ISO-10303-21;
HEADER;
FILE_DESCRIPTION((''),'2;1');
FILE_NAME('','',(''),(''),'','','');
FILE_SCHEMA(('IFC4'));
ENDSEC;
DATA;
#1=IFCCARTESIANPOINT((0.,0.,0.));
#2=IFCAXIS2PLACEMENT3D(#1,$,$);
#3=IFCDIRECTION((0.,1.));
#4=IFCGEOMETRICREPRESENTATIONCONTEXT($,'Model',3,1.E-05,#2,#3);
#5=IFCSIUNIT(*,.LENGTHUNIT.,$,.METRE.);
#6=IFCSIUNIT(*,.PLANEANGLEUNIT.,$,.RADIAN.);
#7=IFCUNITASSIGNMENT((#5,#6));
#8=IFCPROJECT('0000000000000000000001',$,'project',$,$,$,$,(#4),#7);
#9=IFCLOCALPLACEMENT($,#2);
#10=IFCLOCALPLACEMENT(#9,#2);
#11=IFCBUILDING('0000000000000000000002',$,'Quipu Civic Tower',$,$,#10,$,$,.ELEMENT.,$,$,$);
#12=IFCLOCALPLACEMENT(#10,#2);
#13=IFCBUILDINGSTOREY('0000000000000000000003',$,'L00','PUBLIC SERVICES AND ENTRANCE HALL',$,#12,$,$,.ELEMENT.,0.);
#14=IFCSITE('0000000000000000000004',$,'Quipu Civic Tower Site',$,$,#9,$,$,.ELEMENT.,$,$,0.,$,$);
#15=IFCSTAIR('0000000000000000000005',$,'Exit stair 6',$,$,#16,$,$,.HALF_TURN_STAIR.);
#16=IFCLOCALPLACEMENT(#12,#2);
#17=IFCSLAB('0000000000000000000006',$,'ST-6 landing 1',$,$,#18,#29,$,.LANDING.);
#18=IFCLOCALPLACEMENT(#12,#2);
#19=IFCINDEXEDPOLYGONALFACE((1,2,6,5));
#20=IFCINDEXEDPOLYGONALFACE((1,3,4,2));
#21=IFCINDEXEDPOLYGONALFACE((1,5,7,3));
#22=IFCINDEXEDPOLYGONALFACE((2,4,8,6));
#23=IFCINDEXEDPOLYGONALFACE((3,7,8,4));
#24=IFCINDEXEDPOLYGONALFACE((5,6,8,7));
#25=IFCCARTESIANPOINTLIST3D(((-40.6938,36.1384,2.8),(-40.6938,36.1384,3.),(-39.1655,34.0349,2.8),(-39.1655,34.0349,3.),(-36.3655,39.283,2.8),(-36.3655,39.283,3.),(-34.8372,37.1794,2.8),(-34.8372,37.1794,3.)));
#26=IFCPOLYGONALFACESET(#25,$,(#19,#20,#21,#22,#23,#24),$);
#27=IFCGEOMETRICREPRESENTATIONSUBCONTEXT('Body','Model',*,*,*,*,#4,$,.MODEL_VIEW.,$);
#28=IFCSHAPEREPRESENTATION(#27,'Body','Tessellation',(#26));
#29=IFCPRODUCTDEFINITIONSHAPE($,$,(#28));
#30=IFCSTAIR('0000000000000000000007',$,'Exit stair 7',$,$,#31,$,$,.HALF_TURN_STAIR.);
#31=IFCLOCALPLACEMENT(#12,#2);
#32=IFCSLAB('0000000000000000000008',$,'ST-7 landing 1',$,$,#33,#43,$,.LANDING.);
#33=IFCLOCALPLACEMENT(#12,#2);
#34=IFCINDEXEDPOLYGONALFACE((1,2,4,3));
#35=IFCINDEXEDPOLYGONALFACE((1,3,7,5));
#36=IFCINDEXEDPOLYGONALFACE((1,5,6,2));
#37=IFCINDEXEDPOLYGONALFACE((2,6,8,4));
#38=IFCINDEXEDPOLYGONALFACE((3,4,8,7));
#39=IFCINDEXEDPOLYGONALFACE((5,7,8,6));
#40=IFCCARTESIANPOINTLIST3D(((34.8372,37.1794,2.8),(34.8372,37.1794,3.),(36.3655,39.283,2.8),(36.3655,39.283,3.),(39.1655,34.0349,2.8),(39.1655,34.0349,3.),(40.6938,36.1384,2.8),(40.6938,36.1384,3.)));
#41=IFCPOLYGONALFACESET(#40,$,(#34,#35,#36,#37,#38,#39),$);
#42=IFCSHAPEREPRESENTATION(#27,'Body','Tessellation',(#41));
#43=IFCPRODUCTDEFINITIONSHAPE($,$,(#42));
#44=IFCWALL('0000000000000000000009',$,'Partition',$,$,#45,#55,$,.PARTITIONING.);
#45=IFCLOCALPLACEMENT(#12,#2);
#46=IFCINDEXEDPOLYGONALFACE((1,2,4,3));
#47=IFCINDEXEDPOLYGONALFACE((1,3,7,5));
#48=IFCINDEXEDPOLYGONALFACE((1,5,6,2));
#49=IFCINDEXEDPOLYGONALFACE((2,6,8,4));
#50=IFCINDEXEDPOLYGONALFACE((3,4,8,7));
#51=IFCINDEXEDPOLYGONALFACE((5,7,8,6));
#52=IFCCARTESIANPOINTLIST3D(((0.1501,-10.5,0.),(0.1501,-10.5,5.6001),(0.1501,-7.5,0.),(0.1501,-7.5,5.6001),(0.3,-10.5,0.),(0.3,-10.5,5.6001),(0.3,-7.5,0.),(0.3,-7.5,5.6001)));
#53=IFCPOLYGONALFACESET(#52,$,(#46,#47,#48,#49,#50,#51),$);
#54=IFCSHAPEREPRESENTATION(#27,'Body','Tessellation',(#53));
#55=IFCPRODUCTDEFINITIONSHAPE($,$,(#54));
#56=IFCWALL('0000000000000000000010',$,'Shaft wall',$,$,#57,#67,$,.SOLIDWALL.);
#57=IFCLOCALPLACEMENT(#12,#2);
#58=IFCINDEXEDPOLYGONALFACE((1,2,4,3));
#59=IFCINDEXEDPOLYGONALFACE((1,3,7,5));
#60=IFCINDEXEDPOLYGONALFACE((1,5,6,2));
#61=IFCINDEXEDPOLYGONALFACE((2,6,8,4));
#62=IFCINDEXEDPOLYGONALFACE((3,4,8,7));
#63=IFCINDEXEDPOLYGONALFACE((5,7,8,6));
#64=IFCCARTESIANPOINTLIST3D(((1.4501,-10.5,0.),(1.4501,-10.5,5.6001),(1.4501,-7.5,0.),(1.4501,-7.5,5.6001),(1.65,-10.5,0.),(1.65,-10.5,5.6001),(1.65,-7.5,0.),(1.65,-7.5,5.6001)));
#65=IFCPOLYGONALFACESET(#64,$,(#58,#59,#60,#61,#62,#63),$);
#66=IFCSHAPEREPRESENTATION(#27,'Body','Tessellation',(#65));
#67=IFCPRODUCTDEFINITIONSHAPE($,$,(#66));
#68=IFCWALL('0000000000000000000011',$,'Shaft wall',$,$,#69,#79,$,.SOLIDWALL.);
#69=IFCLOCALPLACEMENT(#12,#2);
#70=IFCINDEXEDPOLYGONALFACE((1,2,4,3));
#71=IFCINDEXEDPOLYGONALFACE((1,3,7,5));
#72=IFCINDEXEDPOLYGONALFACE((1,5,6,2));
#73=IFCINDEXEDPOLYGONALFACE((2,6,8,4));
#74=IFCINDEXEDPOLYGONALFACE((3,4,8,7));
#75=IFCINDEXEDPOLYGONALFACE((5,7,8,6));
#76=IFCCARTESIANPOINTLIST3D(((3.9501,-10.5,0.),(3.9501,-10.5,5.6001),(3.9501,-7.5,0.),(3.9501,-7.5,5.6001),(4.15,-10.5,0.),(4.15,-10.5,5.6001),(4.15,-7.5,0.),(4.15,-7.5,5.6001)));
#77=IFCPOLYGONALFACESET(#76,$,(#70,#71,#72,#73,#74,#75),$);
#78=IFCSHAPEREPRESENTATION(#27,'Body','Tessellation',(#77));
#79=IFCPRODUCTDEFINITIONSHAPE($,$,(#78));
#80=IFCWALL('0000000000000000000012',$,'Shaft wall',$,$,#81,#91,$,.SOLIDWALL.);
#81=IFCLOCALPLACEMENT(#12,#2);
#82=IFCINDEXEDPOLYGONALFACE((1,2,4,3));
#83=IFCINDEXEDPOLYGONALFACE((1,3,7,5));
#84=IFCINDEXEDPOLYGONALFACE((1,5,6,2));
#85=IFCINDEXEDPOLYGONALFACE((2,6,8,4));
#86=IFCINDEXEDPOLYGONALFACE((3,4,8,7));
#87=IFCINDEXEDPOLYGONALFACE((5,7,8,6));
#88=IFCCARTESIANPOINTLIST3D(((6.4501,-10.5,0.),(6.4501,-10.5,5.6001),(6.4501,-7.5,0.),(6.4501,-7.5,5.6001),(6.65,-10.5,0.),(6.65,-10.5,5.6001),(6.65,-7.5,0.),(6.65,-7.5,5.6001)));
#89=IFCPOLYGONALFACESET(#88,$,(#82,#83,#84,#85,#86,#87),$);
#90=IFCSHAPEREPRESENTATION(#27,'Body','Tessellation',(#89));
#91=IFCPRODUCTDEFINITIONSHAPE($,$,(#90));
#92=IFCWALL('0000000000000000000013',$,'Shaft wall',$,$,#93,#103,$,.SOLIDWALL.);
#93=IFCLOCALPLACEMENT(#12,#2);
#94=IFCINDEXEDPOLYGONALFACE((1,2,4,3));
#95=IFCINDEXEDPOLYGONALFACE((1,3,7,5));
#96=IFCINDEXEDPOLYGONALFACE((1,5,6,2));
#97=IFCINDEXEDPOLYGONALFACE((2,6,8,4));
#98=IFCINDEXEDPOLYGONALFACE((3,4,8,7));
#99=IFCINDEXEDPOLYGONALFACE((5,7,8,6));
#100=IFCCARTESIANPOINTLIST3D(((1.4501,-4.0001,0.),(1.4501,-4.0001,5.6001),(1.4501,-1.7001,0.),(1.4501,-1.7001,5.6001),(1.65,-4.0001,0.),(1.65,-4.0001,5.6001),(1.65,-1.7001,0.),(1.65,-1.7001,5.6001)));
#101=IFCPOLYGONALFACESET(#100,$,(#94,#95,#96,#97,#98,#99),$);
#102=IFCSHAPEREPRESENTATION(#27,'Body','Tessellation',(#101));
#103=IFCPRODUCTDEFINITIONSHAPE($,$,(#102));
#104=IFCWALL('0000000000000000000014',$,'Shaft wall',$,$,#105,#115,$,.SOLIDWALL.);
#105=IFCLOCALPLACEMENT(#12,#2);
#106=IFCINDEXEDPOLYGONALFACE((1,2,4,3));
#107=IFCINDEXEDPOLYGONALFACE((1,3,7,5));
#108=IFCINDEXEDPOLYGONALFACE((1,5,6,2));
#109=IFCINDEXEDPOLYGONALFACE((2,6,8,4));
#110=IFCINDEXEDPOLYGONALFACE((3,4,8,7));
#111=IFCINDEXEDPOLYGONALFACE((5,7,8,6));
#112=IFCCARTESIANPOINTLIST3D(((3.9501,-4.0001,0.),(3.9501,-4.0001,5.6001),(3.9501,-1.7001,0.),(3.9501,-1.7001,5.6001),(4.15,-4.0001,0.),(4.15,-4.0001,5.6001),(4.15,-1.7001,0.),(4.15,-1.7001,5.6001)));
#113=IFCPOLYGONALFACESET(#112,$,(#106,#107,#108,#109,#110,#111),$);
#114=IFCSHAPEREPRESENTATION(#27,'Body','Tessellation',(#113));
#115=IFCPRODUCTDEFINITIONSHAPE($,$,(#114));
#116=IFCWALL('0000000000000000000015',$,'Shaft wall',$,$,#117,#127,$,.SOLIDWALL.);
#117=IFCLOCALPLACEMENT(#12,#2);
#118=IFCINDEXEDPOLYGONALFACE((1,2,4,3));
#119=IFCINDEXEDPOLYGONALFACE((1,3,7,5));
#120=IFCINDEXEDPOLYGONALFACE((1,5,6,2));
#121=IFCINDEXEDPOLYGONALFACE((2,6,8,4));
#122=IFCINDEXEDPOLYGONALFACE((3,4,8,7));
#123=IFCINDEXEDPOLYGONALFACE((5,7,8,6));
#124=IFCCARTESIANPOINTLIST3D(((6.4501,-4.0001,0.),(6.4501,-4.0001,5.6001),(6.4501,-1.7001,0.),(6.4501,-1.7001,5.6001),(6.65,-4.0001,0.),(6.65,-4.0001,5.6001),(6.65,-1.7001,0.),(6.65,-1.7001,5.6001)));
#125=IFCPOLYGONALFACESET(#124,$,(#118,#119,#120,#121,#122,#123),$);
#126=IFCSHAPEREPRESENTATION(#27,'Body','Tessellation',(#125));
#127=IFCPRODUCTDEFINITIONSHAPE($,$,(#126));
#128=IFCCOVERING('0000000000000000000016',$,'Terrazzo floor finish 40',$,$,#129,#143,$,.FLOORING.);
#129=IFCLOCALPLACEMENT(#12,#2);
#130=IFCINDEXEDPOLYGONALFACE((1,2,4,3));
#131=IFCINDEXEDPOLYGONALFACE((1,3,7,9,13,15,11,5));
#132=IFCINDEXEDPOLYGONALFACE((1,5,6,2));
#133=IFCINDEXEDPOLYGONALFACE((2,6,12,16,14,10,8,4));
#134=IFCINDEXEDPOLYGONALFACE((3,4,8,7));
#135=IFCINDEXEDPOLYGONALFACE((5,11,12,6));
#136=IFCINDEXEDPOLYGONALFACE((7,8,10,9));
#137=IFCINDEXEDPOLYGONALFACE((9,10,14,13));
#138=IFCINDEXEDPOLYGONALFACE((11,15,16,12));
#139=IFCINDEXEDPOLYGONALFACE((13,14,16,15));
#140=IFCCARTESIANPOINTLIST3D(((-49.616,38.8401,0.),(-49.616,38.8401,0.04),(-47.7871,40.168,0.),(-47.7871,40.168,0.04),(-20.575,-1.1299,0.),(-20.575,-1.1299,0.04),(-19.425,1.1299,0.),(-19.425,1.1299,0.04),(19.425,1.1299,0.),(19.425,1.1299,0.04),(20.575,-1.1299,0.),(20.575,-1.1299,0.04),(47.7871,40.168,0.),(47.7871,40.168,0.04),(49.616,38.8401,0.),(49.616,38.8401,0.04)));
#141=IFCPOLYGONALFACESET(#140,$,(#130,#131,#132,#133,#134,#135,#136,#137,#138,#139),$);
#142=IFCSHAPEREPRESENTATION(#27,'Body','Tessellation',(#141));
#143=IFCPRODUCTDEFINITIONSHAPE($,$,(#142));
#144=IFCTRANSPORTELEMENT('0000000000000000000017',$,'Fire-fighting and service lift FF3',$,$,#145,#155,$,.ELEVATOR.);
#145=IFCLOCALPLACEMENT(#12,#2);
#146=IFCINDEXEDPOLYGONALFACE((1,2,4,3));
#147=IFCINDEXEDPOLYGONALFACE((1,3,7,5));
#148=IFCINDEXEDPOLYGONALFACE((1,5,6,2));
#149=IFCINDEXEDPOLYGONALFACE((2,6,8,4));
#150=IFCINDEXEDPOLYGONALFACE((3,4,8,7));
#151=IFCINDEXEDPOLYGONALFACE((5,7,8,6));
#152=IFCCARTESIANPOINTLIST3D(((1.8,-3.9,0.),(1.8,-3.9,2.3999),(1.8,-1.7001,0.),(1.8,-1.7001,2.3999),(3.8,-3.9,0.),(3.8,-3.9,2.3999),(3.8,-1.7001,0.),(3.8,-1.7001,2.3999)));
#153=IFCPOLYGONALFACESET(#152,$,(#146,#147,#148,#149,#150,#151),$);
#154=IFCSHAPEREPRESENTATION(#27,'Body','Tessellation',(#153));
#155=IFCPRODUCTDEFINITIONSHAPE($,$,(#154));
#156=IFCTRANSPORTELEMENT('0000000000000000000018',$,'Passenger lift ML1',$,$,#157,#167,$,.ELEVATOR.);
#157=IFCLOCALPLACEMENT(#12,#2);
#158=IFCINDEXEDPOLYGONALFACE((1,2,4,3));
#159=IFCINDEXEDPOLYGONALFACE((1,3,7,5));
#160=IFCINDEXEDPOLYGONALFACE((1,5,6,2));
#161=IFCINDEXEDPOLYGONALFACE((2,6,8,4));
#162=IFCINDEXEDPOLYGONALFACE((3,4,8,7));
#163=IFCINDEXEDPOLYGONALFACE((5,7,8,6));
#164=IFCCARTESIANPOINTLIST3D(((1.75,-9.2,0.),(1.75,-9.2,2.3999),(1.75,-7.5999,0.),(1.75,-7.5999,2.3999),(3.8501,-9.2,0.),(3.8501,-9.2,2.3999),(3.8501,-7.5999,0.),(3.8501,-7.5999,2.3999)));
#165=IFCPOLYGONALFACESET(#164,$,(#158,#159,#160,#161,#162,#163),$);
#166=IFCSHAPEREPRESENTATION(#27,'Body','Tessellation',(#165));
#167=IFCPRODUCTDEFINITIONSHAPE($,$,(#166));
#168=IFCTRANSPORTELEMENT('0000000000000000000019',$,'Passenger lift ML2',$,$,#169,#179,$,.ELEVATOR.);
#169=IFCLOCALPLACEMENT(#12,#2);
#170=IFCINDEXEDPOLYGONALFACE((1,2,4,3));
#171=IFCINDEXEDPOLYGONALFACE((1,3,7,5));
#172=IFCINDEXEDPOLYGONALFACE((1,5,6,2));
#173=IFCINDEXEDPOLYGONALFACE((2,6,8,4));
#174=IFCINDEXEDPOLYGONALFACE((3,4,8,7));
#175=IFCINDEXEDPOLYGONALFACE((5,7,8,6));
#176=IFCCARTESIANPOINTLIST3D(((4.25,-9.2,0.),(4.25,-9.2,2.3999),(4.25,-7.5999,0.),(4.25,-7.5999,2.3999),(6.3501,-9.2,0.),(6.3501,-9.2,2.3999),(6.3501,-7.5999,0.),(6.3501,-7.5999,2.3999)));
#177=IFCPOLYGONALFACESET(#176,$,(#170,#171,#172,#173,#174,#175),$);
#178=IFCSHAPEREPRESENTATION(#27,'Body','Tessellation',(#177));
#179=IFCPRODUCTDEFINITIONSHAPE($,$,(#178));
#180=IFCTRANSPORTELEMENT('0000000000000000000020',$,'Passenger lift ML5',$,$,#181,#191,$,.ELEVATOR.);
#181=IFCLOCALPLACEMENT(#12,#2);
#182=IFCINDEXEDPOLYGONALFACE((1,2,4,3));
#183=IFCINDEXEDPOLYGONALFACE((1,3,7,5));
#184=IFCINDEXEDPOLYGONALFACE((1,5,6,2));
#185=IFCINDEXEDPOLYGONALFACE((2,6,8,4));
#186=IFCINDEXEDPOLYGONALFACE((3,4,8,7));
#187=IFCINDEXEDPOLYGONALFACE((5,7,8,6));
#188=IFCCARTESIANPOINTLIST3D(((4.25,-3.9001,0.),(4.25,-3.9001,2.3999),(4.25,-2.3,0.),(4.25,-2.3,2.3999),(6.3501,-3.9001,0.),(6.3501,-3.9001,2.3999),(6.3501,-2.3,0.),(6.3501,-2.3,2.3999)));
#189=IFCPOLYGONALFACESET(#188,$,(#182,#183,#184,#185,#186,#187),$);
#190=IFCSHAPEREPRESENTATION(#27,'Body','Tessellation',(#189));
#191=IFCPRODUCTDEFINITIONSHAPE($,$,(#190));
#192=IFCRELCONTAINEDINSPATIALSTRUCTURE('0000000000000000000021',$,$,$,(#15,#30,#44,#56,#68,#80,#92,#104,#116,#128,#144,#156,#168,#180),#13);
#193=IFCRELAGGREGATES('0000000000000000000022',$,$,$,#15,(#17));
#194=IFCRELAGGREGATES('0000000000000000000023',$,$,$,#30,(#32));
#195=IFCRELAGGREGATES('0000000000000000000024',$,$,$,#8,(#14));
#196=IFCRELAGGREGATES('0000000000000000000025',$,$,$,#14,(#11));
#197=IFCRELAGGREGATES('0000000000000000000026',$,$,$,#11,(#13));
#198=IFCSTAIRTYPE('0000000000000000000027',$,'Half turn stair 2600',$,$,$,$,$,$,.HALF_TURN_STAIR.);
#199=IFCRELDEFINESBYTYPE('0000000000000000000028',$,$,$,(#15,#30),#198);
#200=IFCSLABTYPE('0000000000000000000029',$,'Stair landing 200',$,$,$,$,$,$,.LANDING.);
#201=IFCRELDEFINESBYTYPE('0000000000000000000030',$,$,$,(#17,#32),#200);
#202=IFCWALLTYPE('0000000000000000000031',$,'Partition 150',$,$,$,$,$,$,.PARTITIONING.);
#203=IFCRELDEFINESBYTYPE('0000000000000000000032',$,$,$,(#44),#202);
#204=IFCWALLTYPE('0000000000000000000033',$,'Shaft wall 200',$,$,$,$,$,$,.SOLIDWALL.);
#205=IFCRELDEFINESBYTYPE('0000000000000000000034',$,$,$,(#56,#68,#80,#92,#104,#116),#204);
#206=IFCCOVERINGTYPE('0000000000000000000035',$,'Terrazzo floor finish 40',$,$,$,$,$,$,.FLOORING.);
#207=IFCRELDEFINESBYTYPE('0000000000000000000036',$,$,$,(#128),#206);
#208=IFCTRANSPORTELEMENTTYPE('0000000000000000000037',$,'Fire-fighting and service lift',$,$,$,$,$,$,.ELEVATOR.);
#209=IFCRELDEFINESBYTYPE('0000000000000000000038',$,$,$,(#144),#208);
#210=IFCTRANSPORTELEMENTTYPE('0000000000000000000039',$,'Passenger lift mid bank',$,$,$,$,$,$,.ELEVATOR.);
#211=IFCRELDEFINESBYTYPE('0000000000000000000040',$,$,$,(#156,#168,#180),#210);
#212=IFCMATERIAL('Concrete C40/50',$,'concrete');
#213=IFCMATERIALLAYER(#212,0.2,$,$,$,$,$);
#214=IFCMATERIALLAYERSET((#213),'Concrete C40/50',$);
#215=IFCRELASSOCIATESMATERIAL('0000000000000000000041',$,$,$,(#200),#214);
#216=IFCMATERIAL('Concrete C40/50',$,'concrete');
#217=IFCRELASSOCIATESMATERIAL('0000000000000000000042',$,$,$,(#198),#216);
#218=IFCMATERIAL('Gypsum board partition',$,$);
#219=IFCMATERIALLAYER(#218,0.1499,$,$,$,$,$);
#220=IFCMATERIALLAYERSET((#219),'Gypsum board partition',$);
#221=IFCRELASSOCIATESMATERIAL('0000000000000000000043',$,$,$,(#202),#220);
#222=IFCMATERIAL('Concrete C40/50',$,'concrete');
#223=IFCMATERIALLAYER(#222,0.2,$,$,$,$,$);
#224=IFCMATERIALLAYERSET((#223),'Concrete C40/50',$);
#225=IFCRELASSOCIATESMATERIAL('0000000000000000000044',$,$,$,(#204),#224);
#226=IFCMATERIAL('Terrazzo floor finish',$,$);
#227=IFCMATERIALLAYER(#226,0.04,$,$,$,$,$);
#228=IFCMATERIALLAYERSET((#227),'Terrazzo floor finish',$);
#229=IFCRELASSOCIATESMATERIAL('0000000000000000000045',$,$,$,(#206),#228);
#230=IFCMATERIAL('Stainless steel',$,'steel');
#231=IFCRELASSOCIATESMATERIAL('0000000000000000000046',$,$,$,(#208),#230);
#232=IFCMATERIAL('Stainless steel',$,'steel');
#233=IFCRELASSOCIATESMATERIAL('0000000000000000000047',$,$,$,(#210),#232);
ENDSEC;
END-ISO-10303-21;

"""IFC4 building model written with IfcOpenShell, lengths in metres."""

from ifc_helpers import new_model, si_unit, direction, frame, frame_2d, origin, origin_2d, place, context, subcontext, project, spatial, polyline, rectangle, outline, extrude, material, layer, layer_set, type_object, element, aggregate, save


model = new_model("IFC4")

# Units and contexts
model_context = context("Model", 3, precision=1e-05, world=origin(), true_north=direction((0.0, 1.0)))
body_context = subcontext(model_context, "Body", "Model", "MODEL_VIEW")
ifc_project = project(units=[si_unit("LENGTHUNIT", "METRE"), si_unit("PLANEANGLEUNIT", "RADIAN")], contexts=[model_context])

# Site, building, storey
site_placement = place(None, origin())
site = spatial("IfcSite", under=ifc_project, at=site_placement, Name="Quipu Civic Tower Site", CompositionType="ELEMENT", RefElevation=0.0)
building_placement = place(site_placement, origin())
building = spatial("IfcBuilding", under=site, at=building_placement, Name="Quipu Civic Tower", CompositionType="ELEMENT")
storey_placement = place(building_placement, origin())
storey = spatial("IfcBuildingStorey", under=building, at=storey_placement, Name="L00", Description="PUBLIC SERVICES AND ENTRANCE HALL", CompositionType="ELEMENT", Elevation=0.0)

# Shared definitions
ifc_material_1 = material(Name="Concrete C40/50", Category="concrete")
ifc_layer_1 = layer(ifc_material_1, 0.2)
ifc_layer_set_1 = layer_set([ifc_layer_1], Name="Concrete C40/50")
slab_type_1 = type_object("IfcSlabType", Name="Stair landing 200", PredefinedType="LANDING", material=ifc_layer_set_1)

# Stairs, slabs
ifc_material_2 = material(Name="Concrete C40/50", Category="concrete")
stair_type_1 = type_object("IfcStairType", Name="Half turn stair 2600", PredefinedType="HALF_TURN_STAIR", material=ifc_material_2)
stair_1_placement = place(storey_placement, origin())
stair_1 = element("IfcStair", 1, at=stair_1_placement, inside=storey, type_object=stair_type_1, Name="Exit stair 6", PredefinedType="HALF_TURN_STAIR")
slab_1_placement = place(storey_placement, frame((0.0, 0.0, 2.8)))
slab_1 = element("IfcSlab", 2, at=slab_1_placement, type_object=slab_type_1, Name="ST-6 landing 1", PredefinedType="LANDING", context=body_context, shape_type="SweptSolid", body=[
    extrude(outline(polyline([(-34.8372, 37.1794), (-36.3655, 39.283), (-40.6938, 36.1384), (-39.1655, 34.0349), (-34.8372, 37.1794)])), origin(), (0.0, 0.0, 1.0), 0.2),
])
aggregate(stair_1, [slab_1])
stair_2_placement = place(storey_placement, origin())
stair_2 = element("IfcStair", 3, at=stair_2_placement, inside=storey, type_object=stair_type_1, Name="Exit stair 7", PredefinedType="HALF_TURN_STAIR")
slab_2_placement = place(storey_placement, frame((0.0, 0.0, 2.8)))
slab_2 = element("IfcSlab", 4, at=slab_2_placement, type_object=slab_type_1, Name="ST-7 landing 1", PredefinedType="LANDING", context=body_context, shape_type="SweptSolid", body=[
    extrude(outline(polyline([(39.1655, 34.0349), (40.6938, 36.1384), (36.3655, 39.283), (34.8372, 37.1794), (39.1655, 34.0349)])), origin(), (0.0, 0.0, 1.0), 0.2),
])
aggregate(stair_2, [slab_2])

# Walls
ifc_material_3 = material(Name="Gypsum board partition")
ifc_layer_2 = layer(ifc_material_3, 0.1499)
ifc_layer_set_2 = layer_set([ifc_layer_2], Name="Gypsum board partition")
wall_type_1 = type_object("IfcWallType", Name="Partition 150", PredefinedType="PARTITIONING", material=ifc_layer_set_2)
wall_placement = place(storey_placement, frame((0.2251, -10.5, 0.0), z_axis=(0.0, 0.0, 1.0), x_axis=(0.0, 1.0, 0.0)))
element("IfcWall", 5, at=wall_placement, inside=storey, type_object=wall_type_1, Name="Partition", PredefinedType="PARTITIONING", context=body_context, shape_type="SweptSolid", body=[
    extrude(rectangle(XDim=3.0, YDim=0.1499, at=frame_2d((1.5, 0.0))), origin(), (0.0, 0.0, 1.0), 5.6001),
])
ifc_material_4 = material(Name="Concrete C40/50", Category="concrete")
ifc_layer_3 = layer(ifc_material_4, 0.2)
ifc_layer_set_3 = layer_set([ifc_layer_3], Name="Concrete C40/50")
wall_type_2 = type_object("IfcWallType", Name="Shaft wall 200", PredefinedType="SOLIDWALL", material=ifc_layer_set_3)
for number, where, z_axis, x_axis, name in (
    (6, (1.55, -10.5, 0.0), (0.0, 0.0, 1.0), (0.0, 1.0, 0.0), "Shaft wall"),
    (7, (4.05, -10.5, 0.0), (0.0, 0.0, 1.0), (0.0, 1.0, 0.0), "Shaft wall"),
    (8, (6.55, -10.5, 0.0), (0.0, 0.0, 1.0), (0.0, 1.0, 0.0), "Shaft wall"),
):
    element("IfcWall", number, at=place(storey_placement, frame(where, z_axis=z_axis, x_axis=x_axis)), inside=storey, type_object=wall_type_2, Name=name, PredefinedType="SOLIDWALL", context=body_context, shape_type="SweptSolid", body=[
        extrude(rectangle(XDim=3.0, YDim=0.2, at=frame_2d((1.5, 0.0))), origin(), (0.0, 0.0, 1.0), 5.6001),
    ])
for number, where, z_axis, x_axis, name in (
    (9, (1.55, -4.0, 0.0), (0.0, 0.0, 1.0), (0.0, 1.0, 0.0), "Shaft wall"),
    (10, (4.05, -4.0, 0.0), (0.0, 0.0, 1.0), (0.0, 1.0, 0.0), "Shaft wall"),
    (11, (6.55, -4.0, 0.0), (0.0, 0.0, 1.0), (0.0, 1.0, 0.0), "Shaft wall"),
):
    element("IfcWall", number, at=place(storey_placement, frame(where, z_axis=z_axis, x_axis=x_axis)), inside=storey, type_object=wall_type_2, Name=name, PredefinedType="SOLIDWALL", context=body_context, shape_type="SweptSolid", body=[
        extrude(rectangle(XDim=2.3, YDim=0.2, at=frame_2d((1.1499, 0.0))), origin(), (0.0, 0.0, 1.0), 5.6001),
    ])

# Covering
ifc_material_5 = material(Name="Terrazzo floor finish")
ifc_layer_4 = layer(ifc_material_5, 0.04)
ifc_layer_set_4 = layer_set([ifc_layer_4], Name="Terrazzo floor finish")
covering_type = type_object("IfcCoveringType", Name="Terrazzo floor finish 40", PredefinedType="FLOORING", material=ifc_layer_set_4)
covering_1_placement = place(storey_placement, origin())
element("IfcCovering", 12, at=covering_1_placement, inside=storey, type_object=covering_type, Name="Terrazzo floor finish 40", PredefinedType="FLOORING", context=body_context, shape_type="SweptSolid", body=[
    extrude(outline(polyline([(47.7871, 40.168), (49.616, 38.8401), (20.575, -1.1299), (-20.575, -1.1299), (-49.616, 38.8401), (-47.7871, 40.168), (-19.425, 1.1299), (19.425, 1.1299), (47.7871, 40.168)])), origin(), (0.0, 0.0, 1.0), 0.04),
])

# Transport elements
ifc_material_6 = material(Name="Stainless steel", Category="steel")
transport_element_type_1 = type_object("IfcTransportElementType", Name="Fire-fighting and service lift", PredefinedType="ELEVATOR", material=ifc_material_6)
transport_element_placement = place(storey_placement, frame((2.8, -2.8, 0.0), z_axis=(0.0, 0.0, 1.0), x_axis=(1.0, 0.0, 0.0)))
element("IfcTransportElement", 13, at=transport_element_placement, inside=storey, type_object=transport_element_type_1, Name="Fire-fighting and service lift FF3", PredefinedType="ELEVATOR", context=body_context, shape_type="SweptSolid", body=[
    extrude(rectangle(XDim=2.0, YDim=2.2, at=origin_2d()), origin(), (0.0, 0.0, 1.0), 2.3999),
])
ifc_material_7 = material(Name="Stainless steel", Category="steel")
transport_element_type_2 = type_object("IfcTransportElementType", Name="Passenger lift mid bank", PredefinedType="ELEVATOR", material=ifc_material_7)
for number, where, z_axis, x_axis, name in (
    (14, (2.8, -8.3999, 0.0), (0.0, 0.0, 1.0), (1.0, 0.0, 0.0), "Passenger lift ML1"),
    (15, (5.3, -8.3999, 0.0), (0.0, 0.0, 1.0), (1.0, 0.0, 0.0), "Passenger lift ML2"),
    (16, (5.3, -3.1001, 0.0), (0.0, 0.0, 1.0), (1.0, 0.0, 0.0), "Passenger lift ML5"),
):
    element("IfcTransportElement", number, at=place(storey_placement, frame(where, z_axis=z_axis, x_axis=x_axis)), inside=storey, type_object=transport_element_type_2, Name=name, PredefinedType="ELEVATOR", context=body_context, shape_type="SweptSolid", body=[
        extrude(rectangle(XDim=2.1001, YDim=1.6001, at=origin_2d()), origin(), (0.0, 0.0, 1.0), 2.3999),
    ])

save(model, "model.ifc")
